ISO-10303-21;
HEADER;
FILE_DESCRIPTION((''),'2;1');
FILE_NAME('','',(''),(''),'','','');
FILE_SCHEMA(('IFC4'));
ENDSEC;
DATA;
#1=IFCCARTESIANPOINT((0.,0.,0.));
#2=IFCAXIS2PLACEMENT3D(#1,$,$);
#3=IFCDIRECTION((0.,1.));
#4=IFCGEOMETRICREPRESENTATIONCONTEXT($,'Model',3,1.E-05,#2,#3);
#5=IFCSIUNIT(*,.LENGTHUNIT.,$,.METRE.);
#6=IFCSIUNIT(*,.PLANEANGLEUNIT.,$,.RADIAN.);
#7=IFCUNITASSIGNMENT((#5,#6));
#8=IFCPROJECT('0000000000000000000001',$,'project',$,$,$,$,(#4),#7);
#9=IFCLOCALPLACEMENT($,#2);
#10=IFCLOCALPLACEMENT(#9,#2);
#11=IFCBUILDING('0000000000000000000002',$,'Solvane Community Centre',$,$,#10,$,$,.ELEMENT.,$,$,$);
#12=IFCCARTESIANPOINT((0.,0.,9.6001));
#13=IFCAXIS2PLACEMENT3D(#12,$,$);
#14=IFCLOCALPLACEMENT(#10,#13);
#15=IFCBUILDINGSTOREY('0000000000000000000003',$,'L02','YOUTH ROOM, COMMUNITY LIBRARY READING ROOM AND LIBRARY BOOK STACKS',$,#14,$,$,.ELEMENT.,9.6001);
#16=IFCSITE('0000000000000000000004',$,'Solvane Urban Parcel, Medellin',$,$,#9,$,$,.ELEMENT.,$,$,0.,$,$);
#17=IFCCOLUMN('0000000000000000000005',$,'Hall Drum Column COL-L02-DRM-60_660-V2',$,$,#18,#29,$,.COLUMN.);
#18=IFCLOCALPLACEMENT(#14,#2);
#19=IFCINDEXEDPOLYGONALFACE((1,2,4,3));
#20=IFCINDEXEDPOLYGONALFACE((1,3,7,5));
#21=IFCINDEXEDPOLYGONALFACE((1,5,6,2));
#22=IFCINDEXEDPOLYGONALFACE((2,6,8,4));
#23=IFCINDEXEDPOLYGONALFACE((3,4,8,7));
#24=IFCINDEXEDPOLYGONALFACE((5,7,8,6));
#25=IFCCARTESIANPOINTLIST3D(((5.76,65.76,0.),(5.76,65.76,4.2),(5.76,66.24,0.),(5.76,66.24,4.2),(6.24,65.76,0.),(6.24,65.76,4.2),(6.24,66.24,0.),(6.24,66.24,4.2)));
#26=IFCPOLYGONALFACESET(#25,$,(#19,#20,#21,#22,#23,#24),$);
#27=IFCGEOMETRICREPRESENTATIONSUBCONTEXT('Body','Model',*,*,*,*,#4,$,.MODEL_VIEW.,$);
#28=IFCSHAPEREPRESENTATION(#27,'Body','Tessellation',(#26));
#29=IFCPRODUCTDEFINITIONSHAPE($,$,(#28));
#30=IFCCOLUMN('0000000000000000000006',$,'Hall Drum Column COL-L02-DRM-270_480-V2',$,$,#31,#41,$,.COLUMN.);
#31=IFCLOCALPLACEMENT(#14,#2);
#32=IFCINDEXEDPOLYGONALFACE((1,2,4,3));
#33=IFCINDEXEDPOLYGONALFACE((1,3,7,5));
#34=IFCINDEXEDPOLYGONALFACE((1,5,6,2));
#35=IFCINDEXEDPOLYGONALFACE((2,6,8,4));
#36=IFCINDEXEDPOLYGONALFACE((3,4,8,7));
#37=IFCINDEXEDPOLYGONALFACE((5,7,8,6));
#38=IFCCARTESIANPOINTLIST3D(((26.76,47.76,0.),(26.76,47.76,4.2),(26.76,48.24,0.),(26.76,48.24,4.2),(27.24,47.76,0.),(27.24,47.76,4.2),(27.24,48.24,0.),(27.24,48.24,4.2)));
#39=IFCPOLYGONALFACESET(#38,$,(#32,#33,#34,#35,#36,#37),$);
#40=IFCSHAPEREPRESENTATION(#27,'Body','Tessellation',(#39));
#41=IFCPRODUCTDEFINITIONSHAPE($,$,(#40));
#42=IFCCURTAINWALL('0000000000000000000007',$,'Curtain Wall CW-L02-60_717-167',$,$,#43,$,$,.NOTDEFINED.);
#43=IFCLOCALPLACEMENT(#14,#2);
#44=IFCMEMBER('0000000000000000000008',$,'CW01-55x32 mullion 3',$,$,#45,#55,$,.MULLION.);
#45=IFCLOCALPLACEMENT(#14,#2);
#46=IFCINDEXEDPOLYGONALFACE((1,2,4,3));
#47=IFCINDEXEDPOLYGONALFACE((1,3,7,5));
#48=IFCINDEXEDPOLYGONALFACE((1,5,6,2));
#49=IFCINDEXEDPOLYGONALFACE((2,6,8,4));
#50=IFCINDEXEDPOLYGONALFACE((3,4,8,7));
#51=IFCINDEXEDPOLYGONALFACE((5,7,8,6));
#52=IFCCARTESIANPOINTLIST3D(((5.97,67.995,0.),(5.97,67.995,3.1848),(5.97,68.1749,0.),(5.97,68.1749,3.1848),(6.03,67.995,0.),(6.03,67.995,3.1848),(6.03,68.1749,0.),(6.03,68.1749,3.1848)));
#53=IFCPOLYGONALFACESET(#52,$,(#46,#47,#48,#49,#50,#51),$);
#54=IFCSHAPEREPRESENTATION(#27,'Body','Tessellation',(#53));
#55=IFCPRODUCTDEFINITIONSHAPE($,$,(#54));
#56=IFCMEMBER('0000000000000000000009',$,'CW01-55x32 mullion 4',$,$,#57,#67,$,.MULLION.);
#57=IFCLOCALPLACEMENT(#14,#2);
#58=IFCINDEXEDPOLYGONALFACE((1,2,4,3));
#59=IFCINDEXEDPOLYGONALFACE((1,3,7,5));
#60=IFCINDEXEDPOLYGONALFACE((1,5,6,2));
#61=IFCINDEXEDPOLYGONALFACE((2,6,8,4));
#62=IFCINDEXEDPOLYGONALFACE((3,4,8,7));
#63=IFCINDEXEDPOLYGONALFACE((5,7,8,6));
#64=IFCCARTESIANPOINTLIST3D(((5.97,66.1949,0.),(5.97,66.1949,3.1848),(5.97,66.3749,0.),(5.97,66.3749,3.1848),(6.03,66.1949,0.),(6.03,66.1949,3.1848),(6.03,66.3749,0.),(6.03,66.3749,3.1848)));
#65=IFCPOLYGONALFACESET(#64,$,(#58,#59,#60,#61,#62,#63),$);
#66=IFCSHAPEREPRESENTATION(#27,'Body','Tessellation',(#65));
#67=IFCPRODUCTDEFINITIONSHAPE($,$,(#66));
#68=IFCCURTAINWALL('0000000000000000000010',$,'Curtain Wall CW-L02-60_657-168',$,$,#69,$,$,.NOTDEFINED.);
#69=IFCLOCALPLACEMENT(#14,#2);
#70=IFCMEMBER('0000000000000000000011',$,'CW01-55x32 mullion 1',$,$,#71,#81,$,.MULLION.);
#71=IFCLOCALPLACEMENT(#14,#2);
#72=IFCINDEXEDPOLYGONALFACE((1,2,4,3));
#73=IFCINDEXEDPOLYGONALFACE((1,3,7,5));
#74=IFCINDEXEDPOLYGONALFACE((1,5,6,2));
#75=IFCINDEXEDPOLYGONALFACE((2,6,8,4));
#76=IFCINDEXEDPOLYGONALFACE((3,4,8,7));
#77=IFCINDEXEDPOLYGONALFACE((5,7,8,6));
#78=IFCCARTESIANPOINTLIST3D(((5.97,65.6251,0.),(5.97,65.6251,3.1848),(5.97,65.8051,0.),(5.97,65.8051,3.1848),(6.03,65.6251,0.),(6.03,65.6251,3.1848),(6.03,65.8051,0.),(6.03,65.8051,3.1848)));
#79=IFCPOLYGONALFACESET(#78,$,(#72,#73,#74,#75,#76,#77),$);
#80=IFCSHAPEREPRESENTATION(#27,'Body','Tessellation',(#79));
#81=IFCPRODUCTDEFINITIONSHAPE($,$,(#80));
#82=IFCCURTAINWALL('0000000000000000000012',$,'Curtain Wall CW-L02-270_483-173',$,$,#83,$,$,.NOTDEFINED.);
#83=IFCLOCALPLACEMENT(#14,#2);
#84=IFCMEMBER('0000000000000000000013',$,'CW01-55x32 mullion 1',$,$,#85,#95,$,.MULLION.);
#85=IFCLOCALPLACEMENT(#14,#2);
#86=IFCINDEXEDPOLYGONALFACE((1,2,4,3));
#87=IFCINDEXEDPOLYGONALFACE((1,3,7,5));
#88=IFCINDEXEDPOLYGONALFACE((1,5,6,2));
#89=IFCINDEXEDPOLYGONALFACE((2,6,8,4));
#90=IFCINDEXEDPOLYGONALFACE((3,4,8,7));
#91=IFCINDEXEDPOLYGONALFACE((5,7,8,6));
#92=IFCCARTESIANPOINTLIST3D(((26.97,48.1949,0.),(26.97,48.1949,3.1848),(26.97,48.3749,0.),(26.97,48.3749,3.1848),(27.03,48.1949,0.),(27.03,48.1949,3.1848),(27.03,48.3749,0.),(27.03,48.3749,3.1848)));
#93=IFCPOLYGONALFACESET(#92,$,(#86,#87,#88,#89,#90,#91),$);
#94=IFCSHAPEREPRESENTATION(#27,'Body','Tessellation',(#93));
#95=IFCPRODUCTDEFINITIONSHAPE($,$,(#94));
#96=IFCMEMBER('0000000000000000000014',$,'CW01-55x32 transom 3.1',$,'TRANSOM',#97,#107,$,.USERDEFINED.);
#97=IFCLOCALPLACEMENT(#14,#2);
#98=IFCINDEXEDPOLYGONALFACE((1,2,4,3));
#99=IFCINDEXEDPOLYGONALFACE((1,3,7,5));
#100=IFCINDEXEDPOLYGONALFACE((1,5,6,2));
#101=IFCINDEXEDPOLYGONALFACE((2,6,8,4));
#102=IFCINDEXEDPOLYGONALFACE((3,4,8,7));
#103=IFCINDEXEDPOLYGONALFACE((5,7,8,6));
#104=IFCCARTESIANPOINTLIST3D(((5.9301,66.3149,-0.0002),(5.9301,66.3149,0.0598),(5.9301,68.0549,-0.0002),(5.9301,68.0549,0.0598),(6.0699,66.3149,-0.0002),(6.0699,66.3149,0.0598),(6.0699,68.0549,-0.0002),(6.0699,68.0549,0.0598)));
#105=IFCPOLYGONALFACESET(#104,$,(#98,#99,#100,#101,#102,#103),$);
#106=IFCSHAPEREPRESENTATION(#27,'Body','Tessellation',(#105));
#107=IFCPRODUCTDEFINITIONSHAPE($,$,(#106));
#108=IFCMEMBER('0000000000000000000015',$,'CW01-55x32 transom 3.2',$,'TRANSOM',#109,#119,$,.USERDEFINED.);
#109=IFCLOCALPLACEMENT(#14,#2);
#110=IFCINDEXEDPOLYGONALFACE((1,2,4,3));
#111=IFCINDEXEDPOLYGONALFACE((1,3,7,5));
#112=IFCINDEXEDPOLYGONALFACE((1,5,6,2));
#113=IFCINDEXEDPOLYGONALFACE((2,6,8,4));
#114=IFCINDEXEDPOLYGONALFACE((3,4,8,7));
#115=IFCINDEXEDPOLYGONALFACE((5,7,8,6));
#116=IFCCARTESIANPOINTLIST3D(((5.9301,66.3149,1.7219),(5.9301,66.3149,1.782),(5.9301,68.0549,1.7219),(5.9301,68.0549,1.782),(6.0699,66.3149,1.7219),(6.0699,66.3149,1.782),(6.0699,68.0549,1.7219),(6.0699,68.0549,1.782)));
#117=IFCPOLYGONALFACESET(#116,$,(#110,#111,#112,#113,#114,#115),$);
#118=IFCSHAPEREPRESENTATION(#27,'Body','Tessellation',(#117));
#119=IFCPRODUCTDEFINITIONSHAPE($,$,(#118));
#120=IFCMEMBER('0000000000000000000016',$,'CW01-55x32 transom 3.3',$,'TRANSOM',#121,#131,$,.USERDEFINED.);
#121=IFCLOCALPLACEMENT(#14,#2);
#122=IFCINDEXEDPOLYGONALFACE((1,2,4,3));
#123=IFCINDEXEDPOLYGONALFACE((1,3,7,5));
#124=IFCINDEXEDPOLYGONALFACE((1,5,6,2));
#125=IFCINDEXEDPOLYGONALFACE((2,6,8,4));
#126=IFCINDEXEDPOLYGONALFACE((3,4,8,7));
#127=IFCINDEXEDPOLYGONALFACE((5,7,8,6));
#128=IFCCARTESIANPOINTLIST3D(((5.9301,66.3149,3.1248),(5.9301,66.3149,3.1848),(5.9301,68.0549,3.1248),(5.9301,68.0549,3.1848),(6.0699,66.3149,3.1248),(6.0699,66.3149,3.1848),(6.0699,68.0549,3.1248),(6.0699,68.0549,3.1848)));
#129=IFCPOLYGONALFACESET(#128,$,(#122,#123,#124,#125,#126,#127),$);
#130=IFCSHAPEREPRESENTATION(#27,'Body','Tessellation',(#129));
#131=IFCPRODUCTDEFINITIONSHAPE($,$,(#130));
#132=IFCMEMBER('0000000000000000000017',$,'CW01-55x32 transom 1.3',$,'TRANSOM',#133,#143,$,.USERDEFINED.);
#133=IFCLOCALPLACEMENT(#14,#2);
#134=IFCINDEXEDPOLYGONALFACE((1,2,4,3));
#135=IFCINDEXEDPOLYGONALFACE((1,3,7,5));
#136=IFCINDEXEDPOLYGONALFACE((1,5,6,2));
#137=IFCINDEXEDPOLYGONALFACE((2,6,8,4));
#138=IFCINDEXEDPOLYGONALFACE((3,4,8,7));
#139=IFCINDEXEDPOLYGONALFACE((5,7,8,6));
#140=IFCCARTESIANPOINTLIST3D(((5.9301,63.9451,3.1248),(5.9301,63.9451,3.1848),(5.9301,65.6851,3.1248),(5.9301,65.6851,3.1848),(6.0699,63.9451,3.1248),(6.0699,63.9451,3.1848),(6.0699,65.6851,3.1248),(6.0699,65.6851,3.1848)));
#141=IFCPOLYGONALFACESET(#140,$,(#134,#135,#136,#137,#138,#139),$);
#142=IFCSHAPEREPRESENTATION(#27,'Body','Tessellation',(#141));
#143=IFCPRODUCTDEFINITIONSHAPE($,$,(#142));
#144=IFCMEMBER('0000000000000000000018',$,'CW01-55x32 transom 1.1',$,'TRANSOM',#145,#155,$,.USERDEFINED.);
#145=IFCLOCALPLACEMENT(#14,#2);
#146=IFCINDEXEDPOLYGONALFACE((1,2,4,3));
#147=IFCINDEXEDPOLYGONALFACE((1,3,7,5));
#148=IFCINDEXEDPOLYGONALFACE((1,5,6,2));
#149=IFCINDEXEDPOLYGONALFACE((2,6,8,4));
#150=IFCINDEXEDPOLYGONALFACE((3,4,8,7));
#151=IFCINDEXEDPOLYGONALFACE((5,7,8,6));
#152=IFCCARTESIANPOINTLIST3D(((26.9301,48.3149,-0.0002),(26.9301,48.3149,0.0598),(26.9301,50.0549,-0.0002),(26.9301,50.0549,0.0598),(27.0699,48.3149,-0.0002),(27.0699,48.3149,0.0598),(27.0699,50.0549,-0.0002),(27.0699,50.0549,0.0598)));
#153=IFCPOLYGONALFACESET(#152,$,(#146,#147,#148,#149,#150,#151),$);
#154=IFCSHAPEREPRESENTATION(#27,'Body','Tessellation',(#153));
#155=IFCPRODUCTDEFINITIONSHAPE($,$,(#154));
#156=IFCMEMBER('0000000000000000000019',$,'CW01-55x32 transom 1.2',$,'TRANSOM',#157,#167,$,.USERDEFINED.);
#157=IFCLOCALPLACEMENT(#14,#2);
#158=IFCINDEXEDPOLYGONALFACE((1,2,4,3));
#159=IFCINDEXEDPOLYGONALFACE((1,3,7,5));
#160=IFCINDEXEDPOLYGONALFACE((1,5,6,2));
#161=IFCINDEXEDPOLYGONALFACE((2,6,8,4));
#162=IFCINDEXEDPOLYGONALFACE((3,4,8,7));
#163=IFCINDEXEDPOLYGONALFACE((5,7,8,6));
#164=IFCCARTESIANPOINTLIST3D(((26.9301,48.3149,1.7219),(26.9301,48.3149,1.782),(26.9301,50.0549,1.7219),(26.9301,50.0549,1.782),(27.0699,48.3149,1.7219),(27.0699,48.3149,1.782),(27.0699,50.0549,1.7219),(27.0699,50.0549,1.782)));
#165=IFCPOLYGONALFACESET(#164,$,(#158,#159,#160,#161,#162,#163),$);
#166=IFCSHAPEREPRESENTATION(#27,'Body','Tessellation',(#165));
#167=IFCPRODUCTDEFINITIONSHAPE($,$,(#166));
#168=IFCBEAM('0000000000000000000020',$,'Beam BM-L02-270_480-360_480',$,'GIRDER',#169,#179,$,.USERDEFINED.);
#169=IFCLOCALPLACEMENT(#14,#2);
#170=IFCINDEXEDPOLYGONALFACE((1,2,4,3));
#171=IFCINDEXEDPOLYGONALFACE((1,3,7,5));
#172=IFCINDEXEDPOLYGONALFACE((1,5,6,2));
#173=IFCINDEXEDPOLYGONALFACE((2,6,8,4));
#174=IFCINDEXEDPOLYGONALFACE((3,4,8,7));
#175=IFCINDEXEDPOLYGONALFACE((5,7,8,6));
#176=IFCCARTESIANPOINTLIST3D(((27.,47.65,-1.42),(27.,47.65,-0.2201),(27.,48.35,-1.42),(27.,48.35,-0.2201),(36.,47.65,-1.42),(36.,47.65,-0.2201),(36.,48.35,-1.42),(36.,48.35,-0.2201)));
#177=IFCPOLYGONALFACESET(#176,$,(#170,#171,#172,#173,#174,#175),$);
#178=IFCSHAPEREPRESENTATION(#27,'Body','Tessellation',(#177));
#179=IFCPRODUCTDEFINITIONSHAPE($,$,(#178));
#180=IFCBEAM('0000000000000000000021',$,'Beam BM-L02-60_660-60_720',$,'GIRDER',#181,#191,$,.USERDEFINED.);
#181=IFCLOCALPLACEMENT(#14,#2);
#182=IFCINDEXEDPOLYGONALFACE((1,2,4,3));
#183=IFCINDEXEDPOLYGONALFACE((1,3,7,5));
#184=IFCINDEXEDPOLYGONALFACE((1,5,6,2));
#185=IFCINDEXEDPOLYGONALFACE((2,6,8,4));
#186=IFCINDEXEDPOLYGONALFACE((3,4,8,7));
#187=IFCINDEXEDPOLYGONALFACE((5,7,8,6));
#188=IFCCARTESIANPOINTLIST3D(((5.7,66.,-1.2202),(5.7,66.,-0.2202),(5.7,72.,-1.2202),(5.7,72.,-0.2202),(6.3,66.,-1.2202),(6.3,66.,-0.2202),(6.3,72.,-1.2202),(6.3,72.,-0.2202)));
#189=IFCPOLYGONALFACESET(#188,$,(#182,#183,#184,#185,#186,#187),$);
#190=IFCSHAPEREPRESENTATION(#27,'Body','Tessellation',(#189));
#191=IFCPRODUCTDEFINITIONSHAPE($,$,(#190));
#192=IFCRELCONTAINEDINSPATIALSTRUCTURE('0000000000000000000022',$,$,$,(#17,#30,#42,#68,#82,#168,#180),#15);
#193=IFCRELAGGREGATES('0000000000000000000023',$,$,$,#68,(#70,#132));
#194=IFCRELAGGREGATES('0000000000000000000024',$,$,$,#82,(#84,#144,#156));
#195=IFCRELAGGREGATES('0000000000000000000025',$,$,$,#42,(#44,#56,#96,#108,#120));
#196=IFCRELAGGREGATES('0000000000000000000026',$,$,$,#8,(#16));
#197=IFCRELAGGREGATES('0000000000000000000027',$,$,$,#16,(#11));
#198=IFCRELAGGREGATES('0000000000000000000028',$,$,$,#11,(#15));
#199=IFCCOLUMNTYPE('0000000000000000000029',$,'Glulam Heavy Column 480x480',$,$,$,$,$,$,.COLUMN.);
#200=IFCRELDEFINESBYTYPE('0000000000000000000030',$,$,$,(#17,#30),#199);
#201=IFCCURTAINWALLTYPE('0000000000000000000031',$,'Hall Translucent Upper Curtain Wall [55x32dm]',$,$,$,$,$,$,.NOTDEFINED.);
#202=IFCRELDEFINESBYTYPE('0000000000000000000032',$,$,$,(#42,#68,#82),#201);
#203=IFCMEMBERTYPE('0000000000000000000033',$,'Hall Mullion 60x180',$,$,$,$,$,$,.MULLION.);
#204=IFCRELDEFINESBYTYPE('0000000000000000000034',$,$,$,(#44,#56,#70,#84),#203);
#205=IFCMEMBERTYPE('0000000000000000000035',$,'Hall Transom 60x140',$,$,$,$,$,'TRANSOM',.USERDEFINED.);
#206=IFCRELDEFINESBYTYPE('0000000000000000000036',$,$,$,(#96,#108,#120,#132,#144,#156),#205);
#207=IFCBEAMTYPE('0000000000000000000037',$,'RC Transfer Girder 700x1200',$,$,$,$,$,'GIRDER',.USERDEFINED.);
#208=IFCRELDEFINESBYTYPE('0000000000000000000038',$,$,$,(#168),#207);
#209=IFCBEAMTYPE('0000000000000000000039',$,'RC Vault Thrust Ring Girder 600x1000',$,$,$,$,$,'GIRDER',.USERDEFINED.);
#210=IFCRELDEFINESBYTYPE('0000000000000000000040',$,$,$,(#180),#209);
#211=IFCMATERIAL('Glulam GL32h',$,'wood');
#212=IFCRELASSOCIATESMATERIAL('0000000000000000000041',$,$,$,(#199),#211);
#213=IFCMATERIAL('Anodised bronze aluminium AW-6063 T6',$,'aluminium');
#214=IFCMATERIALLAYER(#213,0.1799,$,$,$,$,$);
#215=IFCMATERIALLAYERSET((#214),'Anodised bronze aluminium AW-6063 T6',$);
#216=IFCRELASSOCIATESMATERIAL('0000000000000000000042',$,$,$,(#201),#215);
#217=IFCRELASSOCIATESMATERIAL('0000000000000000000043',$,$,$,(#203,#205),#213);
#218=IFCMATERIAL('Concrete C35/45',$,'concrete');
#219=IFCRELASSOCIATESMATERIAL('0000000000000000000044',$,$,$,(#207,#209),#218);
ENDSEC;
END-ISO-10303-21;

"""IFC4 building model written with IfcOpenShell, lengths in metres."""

from ifc_helpers import new_model, si_unit, direction, frame, origin, origin_2d, place, context, subcontext, project, spatial, rectangle, extrude, material, layer, layer_set, material_profile, profile_set, type_object, element, aggregate, save


model = new_model("IFC4")

# Units and contexts
model_context = context("Model", 3, precision=1e-05, world=origin(), true_north=direction((0.0, 1.0)))
body_context = subcontext(model_context, "Body", "Model", "MODEL_VIEW")
ifc_project = project(units=[si_unit("LENGTHUNIT", "METRE"), si_unit("PLANEANGLEUNIT", "RADIAN")], contexts=[model_context])

# Site, building, storey
site_placement = place(None, origin())
site = spatial("IfcSite", under=ifc_project, at=site_placement, Name="Solvane Urban Parcel, Medellin", CompositionType="ELEMENT", RefElevation=0.0)
building_placement = place(site_placement, origin())
building = spatial("IfcBuilding", under=site, at=building_placement, Name="Solvane Community Centre", CompositionType="ELEMENT")
storey_placement = place(building_placement, frame((0.0, 0.0, 9.6001)))
storey = spatial("IfcBuildingStorey", under=building, at=storey_placement, Name="L02", Description="YOUTH ROOM, COMMUNITY LIBRARY READING ROOM AND LIBRARY BOOK STACKS", CompositionType="ELEMENT", Elevation=9.6001)

# Columns
ifc_material_1 = material(Name="Glulam GL32h", Category="wood")
ifc_material_profile_1 = material_profile(ifc_material_1, rectangle(XDim=0.48, YDim=0.48, at=origin_2d()), Name="GL32h 480x480")
ifc_profile_set_1 = profile_set([ifc_material_profile_1], Name="Glulam GL32h")
column_type = type_object("IfcColumnType", Name="Glulam Heavy Column 480x480", PredefinedType="COLUMN", material=ifc_profile_set_1)
for number, where, z_axis, x_axis, name in (
    (1, (6.0, 66.0, 0.0), (0.0, 0.0, 1.0), (1.0, 0.0, 0.0), "Hall Drum Column COL-L02-DRM-60_660-V2"),
    (2, (27.0, 48.0, 0.0), (0.0, 0.0, 1.0), (1.0, 0.0, 0.0), "Hall Drum Column COL-L02-DRM-270_480-V2"),
):
    element("IfcColumn", number, at=place(storey_placement, frame(where, z_axis=z_axis, x_axis=x_axis)), inside=storey, type_object=column_type, Name=name, PredefinedType="COLUMN", context=body_context, shape_type="SweptSolid", body=[
        extrude(rectangle(XDim=0.48, YDim=0.48, at=origin_2d()), origin(), (0.0, 0.0, 1.0), 4.2),
    ])

# Curtain wall, members
ifc_material_2 = material(Name="Anodised bronze aluminium AW-6063 T6", Category="aluminium")
ifc_layer_1 = layer(ifc_material_2, 0.1799)
ifc_layer_set_1 = layer_set([ifc_layer_1], Name="Anodised bronze aluminium AW-6063 T6")
curtain_wall_type = type_object("IfcCurtainWallType", Name="Hall Translucent Upper Curtain Wall [55x32dm]", PredefinedType="NOTDEFINED", material=ifc_layer_set_1)
curtain_wall_1_placement = place(storey_placement, origin())
curtain_wall_1 = element("IfcCurtainWall", 3, at=curtain_wall_1_placement, inside=storey, type_object=curtain_wall_type, Name="Curtain Wall CW-L02-60_717-167", PredefinedType="NOTDEFINED")
ifc_material_profile_2 = material_profile(ifc_material_2, rectangle(XDim=0.0601, YDim=0.1799, at=origin_2d()), Name="CW-M 60x180")
ifc_profile_set_2 = profile_set([ifc_material_profile_2], Name="Anodised bronze aluminium AW-6063 T6")
member_type_1 = type_object("IfcMemberType", Name="Hall Mullion 60x180", PredefinedType="MULLION", material=ifc_profile_set_2)
member_1_placement = place(storey_placement, frame((6.0, 68.085, 0.0), z_axis=(0.0, 0.0, 1.0), x_axis=(1.0, 0.0, 0.0)))
member_1 = element("IfcMember", 4, at=member_1_placement, type_object=member_type_1, Name="CW01-55x32 mullion 3", PredefinedType="MULLION", context=body_context, shape_type="SweptSolid", body=[
    extrude(rectangle(XDim=0.0601, YDim=0.1799, at=origin_2d()), origin(), (0.0, 0.0, 1.0), 3.1848),
])
member_2_placement = place(storey_placement, frame((6.0, 66.2849, 0.0), z_axis=(0.0, 0.0, 1.0), x_axis=(1.0, 0.0, 0.0)))
member_2 = element("IfcMember", 5, at=member_2_placement, type_object=member_type_1, Name="CW01-55x32 mullion 4", PredefinedType="MULLION", context=body_context, shape_type="SweptSolid", body=[
    extrude(rectangle(XDim=0.0601, YDim=0.1799, at=origin_2d()), origin(), (0.0, 0.0, 1.0), 3.1848),
])

# Curtain walls, members
curtain_wall_2_placement = place(storey_placement, origin())
curtain_wall_2 = element("IfcCurtainWall", 6, at=curtain_wall_2_placement, inside=storey, type_object=curtain_wall_type, Name="Curtain Wall CW-L02-60_657-168", PredefinedType="NOTDEFINED")
member_3_placement = place(storey_placement, frame((6.0, 65.7151, 0.0), z_axis=(0.0, 0.0, 1.0), x_axis=(1.0, 0.0, 0.0)))
member_3 = element("IfcMember", 7, at=member_3_placement, type_object=member_type_1, Name="CW01-55x32 mullion 1", PredefinedType="MULLION", context=body_context, shape_type="SweptSolid", body=[
    extrude(rectangle(XDim=0.0601, YDim=0.1799, at=origin_2d()), origin(), (0.0, 0.0, 1.0), 3.1848),
])
curtain_wall_3_placement = place(storey_placement, origin())
curtain_wall_3 = element("IfcCurtainWall", 8, at=curtain_wall_3_placement, inside=storey, type_object=curtain_wall_type, Name="Curtain Wall CW-L02-270_483-173", PredefinedType="NOTDEFINED")
member_4_placement = place(storey_placement, frame((27.0, 48.2849, 0.0), z_axis=(0.0, 0.0, 1.0), x_axis=(-1.0, 0.0, 0.0)))
member_4 = element("IfcMember", 9, at=member_4_placement, type_object=member_type_1, Name="CW01-55x32 mullion 1", PredefinedType="MULLION", context=body_context, shape_type="SweptSolid", body=[
    extrude(rectangle(XDim=0.0601, YDim=0.1799, at=origin_2d()), origin(), (0.0, 0.0, 1.0), 3.1848),
])

# Members
ifc_material_profile_3 = material_profile(ifc_material_2, rectangle(XDim=0.1399, YDim=0.0601, at=origin_2d()), Name="CW-T 60x140")
ifc_profile_set_3 = profile_set([ifc_material_profile_3], Name="Anodised bronze aluminium AW-6063 T6")
member_type_2 = type_object("IfcMemberType", Name="Hall Transom 60x140", ElementType="TRANSOM", PredefinedType="USERDEFINED", material=ifc_profile_set_3)
member_5_placement = place(storey_placement, frame((6.0, 68.0549, 0.0298), z_axis=(0.0, -1.0, 0.0), x_axis=(1.0, 0.0, 0.0)))
member_5 = element("IfcMember", 10, at=member_5_placement, type_object=member_type_2, Name="CW01-55x32 transom 3.1", ObjectType="TRANSOM", PredefinedType="USERDEFINED", context=body_context, shape_type="SweptSolid", body=[
    extrude(rectangle(XDim=0.1399, YDim=0.0601, at=origin_2d()), origin(), (0.0, 0.0, 1.0), 1.74),
])
member_6_placement = place(storey_placement, frame((6.0, 68.0549, 1.752), z_axis=(0.0, -1.0, 0.0), x_axis=(1.0, 0.0, 0.0)))
member_6 = element("IfcMember", 11, at=member_6_placement, type_object=member_type_2, Name="CW01-55x32 transom 3.2", ObjectType="TRANSOM", PredefinedType="USERDEFINED", context=body_context, shape_type="SweptSolid", body=[
    extrude(rectangle(XDim=0.1399, YDim=0.0601, at=origin_2d()), origin(), (0.0, 0.0, 1.0), 1.74),
])
member_7_placement = place(storey_placement, frame((6.0, 68.0549, 3.1548), z_axis=(0.0, -1.0, 0.0), x_axis=(1.0, 0.0, 0.0)))
member_7 = element("IfcMember", 12, at=member_7_placement, type_object=member_type_2, Name="CW01-55x32 transom 3.3", ObjectType="TRANSOM", PredefinedType="USERDEFINED", context=body_context, shape_type="SweptSolid", body=[
    extrude(rectangle(XDim=0.1399, YDim=0.0601, at=origin_2d()), origin(), (0.0, 0.0, 1.0), 1.74),
])
member_8_placement = place(storey_placement, frame((6.0, 65.6851, 3.1548), z_axis=(0.0, -1.0, 0.0), x_axis=(1.0, 0.0, 0.0)))
member_8 = element("IfcMember", 13, at=member_8_placement, type_object=member_type_2, Name="CW01-55x32 transom 1.3", ObjectType="TRANSOM", PredefinedType="USERDEFINED", context=body_context, shape_type="SweptSolid", body=[
    extrude(rectangle(XDim=0.1399, YDim=0.0601, at=origin_2d()), origin(), (0.0, 0.0, 1.0), 1.74),
])
aggregate(curtain_wall_2, [member_3, member_8])
member_9_placement = place(storey_placement, frame((27.0, 48.3149, 0.0298), z_axis=(0.0, 1.0, 0.0), x_axis=(-1.0, 0.0, 0.0)))
member_9 = element("IfcMember", 14, at=member_9_placement, type_object=member_type_2, Name="CW01-55x32 transom 1.1", ObjectType="TRANSOM", PredefinedType="USERDEFINED", context=body_context, shape_type="SweptSolid", body=[
    extrude(rectangle(XDim=0.1399, YDim=0.0601, at=origin_2d()), origin(), (0.0, 0.0, 1.0), 1.74),
])
member_10_placement = place(storey_placement, frame((27.0, 48.3149, 1.752), z_axis=(0.0, 1.0, 0.0), x_axis=(-1.0, 0.0, 0.0)))
member_10 = element("IfcMember", 15, at=member_10_placement, type_object=member_type_2, Name="CW01-55x32 transom 1.2", ObjectType="TRANSOM", PredefinedType="USERDEFINED", context=body_context, shape_type="SweptSolid", body=[
    extrude(rectangle(XDim=0.1399, YDim=0.0601, at=origin_2d()), origin(), (0.0, 0.0, 1.0), 1.74),
])
aggregate(curtain_wall_3, [member_4, member_9, member_10])

# Beams
ifc_material_3 = material(Name="Concrete C35/45", Category="concrete")
ifc_material_profile_4 = material_profile(ifc_material_3, rectangle(XDim=0.7, YDim=1.2, at=origin_2d()), Name="RC 700x1200")
ifc_profile_set_4 = profile_set([ifc_material_profile_4], Name="Concrete C35/45")
beam_type_1 = type_object("IfcBeamType", Name="RC Transfer Girder 700x1200", ElementType="GIRDER", PredefinedType="USERDEFINED", material=ifc_profile_set_4)
beam_placement = place(storey_placement, frame((27.0, 48.0, -0.8201), z_axis=(1.0, 0.0, 0.0), x_axis=(0.0, 1.0, 0.0)))
element("IfcBeam", 16, at=beam_placement, inside=storey, type_object=beam_type_1, Name="Beam BM-L02-270_480-360_480", ObjectType="GIRDER", PredefinedType="USERDEFINED", context=body_context, shape_type="SweptSolid", body=[
    extrude(rectangle(XDim=0.7, YDim=1.2, at=origin_2d()), origin(), (0.0, 0.0, 1.0), 9.0),
])
ifc_material_profile_5 = material_profile(ifc_material_3, rectangle(XDim=0.6001, YDim=1.0, at=origin_2d()), Name="RC 600x1000")
ifc_profile_set_5 = profile_set([ifc_material_profile_5], Name="Concrete C35/45")
beam_type_2 = type_object("IfcBeamType", Name="RC Vault Thrust Ring Girder 600x1000", ElementType="GIRDER", PredefinedType="USERDEFINED", material=ifc_profile_set_5)
for number, where, z_axis, x_axis, name in (
    (17, (6.0, 66.0, -0.7202), (0.0, 1.0, 0.0), (-1.0, 0.0, 0.0), "Beam BM-L02-60_660-60_720"),
):
    element("IfcBeam", number, at=place(storey_placement, frame(where, z_axis=z_axis, x_axis=x_axis)), inside=storey, type_object=beam_type_2, Name=name, ObjectType="GIRDER", PredefinedType="USERDEFINED", context=body_context, shape_type="SweptSolid", body=[
        extrude(rectangle(XDim=0.6001, YDim=1.0, at=origin_2d()), origin(), (0.0, 0.0, 1.0), 6.0),
    ])

aggregate(curtain_wall_1, [member_1, member_2, member_5, member_6, member_7])

save(model, "model.ifc")
